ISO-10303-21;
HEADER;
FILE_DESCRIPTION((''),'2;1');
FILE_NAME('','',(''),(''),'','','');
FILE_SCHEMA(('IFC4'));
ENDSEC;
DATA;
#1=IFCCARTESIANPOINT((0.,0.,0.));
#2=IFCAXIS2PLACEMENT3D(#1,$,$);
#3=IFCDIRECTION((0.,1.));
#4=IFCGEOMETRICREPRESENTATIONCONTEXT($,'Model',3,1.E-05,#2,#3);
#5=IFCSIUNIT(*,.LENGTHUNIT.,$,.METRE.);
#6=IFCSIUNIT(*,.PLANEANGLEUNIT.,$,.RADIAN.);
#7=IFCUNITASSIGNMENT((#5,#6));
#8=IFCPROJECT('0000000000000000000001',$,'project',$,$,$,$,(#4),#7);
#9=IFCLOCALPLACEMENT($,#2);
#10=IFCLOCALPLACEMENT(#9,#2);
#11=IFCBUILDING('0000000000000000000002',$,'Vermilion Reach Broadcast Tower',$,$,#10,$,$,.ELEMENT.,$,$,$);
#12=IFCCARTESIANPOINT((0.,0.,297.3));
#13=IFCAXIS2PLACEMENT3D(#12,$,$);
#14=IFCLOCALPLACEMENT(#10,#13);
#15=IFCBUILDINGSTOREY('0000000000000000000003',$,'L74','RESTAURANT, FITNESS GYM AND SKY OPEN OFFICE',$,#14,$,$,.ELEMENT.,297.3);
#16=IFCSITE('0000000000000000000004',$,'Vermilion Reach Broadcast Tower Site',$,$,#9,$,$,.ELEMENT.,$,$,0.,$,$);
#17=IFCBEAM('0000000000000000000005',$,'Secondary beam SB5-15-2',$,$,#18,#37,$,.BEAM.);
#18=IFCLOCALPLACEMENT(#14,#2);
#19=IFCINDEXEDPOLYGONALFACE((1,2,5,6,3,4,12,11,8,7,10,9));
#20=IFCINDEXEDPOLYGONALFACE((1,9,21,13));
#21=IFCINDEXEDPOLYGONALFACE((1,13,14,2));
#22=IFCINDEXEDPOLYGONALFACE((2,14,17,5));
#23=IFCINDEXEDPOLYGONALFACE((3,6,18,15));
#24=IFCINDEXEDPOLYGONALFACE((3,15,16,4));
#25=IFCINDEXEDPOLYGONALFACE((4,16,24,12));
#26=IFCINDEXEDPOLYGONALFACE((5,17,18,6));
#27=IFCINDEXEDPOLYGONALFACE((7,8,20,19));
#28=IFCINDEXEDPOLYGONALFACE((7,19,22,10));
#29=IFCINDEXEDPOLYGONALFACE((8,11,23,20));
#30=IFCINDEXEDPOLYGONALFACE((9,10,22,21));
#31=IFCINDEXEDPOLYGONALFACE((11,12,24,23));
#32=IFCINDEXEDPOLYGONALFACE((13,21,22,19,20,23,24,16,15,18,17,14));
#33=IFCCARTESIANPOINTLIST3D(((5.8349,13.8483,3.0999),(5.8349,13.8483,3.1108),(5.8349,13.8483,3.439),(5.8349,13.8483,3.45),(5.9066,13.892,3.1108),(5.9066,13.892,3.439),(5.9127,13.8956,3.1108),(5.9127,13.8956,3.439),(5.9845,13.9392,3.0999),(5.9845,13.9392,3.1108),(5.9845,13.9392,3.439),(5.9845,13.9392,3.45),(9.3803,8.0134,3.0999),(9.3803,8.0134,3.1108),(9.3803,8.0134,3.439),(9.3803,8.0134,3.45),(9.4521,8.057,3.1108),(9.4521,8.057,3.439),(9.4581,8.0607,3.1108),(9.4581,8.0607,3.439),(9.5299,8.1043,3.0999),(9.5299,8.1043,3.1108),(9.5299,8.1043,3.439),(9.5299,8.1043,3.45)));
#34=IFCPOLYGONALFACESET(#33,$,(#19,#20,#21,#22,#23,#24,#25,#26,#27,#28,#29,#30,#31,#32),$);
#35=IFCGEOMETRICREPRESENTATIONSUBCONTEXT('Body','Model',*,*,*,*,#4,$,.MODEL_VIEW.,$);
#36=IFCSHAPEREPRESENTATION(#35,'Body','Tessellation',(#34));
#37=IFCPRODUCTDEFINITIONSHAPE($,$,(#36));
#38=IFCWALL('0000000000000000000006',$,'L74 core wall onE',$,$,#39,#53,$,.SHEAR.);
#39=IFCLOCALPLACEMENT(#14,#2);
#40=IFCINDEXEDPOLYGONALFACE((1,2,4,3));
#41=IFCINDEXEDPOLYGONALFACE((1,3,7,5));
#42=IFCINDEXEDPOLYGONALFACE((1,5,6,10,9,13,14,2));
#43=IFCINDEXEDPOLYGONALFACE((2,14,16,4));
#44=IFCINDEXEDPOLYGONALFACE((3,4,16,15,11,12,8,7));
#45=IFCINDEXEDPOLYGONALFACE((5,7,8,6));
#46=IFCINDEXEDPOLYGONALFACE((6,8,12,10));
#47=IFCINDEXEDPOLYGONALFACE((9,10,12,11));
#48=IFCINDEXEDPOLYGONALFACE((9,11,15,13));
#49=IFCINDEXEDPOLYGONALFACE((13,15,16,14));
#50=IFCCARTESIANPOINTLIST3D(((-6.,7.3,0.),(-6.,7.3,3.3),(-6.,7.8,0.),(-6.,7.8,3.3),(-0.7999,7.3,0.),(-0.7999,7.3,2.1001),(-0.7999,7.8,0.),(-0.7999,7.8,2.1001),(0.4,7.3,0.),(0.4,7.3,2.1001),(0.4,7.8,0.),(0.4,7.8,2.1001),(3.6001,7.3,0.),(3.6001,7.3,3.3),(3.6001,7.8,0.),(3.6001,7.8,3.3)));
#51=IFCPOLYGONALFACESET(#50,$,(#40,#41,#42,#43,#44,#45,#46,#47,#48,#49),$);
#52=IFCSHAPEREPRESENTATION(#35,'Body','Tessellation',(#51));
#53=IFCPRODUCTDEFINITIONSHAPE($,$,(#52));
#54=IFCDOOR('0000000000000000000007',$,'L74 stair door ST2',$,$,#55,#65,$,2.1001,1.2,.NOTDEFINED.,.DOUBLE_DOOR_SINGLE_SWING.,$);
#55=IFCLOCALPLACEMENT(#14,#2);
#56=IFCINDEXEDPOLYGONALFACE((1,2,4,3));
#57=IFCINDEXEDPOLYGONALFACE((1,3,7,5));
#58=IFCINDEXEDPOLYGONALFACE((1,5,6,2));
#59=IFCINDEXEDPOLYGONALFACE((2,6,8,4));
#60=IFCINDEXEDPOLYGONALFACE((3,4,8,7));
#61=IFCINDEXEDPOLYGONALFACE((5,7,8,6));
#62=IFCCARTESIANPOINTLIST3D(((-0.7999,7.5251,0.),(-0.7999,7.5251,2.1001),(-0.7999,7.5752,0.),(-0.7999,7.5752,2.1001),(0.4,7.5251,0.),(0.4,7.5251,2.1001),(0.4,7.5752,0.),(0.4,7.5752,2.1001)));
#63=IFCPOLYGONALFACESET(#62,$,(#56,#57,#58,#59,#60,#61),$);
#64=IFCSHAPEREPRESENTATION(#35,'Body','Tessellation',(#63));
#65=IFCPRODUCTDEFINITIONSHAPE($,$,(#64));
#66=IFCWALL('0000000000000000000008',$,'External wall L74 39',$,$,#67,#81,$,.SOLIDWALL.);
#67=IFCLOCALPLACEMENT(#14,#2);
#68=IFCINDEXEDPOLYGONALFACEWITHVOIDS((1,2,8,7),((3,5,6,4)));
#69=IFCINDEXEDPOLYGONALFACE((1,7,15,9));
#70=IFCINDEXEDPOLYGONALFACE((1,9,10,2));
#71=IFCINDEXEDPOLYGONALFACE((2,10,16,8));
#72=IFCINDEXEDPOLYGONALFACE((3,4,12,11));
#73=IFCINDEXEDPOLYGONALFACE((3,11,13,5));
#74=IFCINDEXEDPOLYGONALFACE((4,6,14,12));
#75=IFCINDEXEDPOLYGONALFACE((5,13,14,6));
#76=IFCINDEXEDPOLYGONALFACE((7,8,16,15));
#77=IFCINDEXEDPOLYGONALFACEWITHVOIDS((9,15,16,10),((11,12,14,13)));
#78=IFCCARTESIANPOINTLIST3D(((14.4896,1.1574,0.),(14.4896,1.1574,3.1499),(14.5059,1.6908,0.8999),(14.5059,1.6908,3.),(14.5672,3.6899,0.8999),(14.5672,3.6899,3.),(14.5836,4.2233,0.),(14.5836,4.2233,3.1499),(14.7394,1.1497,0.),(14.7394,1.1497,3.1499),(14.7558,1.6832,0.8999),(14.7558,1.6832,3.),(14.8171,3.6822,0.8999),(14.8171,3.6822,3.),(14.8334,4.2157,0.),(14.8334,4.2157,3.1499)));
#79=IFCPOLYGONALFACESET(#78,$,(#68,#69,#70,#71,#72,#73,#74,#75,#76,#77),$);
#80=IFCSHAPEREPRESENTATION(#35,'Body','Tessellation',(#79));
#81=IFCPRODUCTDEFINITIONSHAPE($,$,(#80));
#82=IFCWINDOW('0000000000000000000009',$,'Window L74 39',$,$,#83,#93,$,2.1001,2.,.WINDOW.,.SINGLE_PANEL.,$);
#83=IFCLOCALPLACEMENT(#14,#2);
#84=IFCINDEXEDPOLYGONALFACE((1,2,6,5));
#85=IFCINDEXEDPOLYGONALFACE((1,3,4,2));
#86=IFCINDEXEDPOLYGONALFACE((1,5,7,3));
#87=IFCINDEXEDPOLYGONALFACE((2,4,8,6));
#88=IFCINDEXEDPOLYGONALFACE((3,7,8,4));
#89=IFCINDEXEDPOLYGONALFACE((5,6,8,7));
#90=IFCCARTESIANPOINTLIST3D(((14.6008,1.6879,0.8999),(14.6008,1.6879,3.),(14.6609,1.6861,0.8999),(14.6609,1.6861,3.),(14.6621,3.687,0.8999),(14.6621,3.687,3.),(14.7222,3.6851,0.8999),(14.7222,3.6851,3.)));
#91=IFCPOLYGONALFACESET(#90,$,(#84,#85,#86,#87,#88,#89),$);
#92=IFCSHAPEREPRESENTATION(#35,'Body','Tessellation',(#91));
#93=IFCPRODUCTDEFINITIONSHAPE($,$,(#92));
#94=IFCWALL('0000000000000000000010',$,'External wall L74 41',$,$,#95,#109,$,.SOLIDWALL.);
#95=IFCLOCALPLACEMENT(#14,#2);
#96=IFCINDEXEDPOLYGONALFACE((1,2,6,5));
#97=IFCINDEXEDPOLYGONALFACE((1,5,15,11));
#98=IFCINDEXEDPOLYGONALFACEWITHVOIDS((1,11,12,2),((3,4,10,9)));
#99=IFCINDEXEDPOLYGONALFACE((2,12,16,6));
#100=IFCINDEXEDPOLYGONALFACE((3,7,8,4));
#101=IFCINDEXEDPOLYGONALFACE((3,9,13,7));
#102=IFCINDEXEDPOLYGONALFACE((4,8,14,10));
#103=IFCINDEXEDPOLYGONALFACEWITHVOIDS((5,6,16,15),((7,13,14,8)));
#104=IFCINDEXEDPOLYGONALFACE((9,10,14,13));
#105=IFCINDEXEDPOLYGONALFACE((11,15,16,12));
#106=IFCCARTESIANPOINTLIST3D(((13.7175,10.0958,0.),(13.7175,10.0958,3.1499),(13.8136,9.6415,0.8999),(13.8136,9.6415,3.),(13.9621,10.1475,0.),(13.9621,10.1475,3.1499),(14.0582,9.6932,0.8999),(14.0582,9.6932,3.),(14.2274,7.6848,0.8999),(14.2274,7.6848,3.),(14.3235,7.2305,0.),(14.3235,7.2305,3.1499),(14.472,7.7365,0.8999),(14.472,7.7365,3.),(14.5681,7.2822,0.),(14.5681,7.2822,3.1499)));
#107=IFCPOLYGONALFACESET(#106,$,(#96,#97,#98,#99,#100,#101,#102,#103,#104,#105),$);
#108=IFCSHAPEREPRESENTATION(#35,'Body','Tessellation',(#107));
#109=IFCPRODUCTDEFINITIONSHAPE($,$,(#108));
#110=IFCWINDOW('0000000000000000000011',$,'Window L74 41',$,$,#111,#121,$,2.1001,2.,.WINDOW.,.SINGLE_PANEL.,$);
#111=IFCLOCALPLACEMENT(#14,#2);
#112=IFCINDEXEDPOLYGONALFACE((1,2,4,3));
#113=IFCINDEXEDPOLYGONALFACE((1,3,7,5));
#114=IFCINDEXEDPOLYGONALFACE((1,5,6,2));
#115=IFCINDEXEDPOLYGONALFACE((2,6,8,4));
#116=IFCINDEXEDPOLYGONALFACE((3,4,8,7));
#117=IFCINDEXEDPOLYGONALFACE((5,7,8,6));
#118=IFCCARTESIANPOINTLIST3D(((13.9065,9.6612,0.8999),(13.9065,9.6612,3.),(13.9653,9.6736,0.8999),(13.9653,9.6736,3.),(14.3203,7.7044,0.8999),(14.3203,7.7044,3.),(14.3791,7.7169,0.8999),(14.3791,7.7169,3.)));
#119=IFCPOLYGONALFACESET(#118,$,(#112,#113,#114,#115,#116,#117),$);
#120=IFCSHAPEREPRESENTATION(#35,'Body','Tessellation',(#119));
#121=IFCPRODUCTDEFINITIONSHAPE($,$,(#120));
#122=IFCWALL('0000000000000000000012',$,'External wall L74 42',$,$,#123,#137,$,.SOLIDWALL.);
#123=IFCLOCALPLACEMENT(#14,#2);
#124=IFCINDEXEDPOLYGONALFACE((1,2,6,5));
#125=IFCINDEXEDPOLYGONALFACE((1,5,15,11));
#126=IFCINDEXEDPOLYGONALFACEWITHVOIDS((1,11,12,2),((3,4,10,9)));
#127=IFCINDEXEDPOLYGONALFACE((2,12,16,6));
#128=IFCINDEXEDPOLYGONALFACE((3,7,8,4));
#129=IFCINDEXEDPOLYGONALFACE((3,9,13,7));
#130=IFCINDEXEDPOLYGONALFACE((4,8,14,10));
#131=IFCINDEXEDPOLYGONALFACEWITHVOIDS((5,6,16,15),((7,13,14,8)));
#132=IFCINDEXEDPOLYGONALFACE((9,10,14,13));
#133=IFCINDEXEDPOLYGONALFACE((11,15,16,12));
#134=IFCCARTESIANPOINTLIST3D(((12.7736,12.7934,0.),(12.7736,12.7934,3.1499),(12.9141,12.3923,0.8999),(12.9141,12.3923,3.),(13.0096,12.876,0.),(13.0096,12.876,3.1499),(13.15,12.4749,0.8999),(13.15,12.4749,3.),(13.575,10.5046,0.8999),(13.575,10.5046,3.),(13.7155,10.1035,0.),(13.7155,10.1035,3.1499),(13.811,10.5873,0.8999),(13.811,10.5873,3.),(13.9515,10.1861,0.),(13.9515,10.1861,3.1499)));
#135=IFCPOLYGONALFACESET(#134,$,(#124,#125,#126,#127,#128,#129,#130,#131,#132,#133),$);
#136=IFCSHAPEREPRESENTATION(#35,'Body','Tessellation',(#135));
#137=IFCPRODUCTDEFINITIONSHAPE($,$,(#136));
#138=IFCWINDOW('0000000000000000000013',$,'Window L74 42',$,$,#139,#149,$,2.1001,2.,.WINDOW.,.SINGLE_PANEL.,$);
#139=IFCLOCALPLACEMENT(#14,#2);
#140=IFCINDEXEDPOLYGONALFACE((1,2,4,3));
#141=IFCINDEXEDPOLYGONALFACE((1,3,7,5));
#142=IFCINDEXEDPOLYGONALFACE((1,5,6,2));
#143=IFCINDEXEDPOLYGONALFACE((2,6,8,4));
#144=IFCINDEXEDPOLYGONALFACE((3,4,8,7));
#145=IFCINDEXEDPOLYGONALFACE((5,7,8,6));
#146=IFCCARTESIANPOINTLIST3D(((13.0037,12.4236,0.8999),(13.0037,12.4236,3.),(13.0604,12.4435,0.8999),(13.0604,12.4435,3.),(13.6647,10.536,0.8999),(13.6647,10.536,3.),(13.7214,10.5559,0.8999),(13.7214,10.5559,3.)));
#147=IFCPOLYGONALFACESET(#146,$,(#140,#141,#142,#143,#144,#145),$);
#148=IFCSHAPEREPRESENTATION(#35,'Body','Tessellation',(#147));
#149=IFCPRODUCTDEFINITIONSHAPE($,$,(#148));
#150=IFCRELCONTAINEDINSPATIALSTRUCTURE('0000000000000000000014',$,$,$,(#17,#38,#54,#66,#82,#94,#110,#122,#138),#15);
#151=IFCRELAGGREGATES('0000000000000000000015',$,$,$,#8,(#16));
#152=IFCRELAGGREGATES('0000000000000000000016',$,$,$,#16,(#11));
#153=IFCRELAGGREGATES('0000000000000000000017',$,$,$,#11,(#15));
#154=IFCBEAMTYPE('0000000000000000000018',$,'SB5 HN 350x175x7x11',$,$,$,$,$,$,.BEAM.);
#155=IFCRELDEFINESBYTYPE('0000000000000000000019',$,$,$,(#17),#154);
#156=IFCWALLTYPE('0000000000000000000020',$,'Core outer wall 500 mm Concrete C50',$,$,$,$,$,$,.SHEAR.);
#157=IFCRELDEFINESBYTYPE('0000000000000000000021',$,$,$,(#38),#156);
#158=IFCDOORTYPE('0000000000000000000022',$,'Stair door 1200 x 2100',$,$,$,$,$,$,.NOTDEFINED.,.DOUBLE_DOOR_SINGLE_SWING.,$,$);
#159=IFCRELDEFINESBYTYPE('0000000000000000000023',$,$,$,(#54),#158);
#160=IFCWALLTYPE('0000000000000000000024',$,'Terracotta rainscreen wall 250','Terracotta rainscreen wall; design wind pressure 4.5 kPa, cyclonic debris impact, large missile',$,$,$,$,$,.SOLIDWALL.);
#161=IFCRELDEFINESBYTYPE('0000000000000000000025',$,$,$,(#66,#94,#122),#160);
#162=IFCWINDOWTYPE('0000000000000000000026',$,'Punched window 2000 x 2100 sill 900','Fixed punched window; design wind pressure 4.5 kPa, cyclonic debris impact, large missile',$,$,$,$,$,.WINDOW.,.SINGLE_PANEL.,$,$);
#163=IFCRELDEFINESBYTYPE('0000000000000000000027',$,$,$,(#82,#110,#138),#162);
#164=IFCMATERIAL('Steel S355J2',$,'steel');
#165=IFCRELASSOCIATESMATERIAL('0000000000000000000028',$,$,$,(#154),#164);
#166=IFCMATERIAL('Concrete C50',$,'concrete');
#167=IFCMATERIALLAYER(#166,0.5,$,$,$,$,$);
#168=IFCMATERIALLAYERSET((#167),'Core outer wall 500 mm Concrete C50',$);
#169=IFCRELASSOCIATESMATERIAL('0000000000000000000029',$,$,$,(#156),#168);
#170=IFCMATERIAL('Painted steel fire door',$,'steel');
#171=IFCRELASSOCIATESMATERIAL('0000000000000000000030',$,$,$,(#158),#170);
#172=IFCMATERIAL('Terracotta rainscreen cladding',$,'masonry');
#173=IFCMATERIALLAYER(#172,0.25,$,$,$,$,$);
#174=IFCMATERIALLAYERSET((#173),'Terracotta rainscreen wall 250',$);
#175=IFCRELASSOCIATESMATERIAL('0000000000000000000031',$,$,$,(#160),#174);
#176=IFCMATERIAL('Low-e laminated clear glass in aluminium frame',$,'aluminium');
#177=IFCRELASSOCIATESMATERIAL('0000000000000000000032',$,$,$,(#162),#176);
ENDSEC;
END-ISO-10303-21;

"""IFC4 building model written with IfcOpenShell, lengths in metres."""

from ifc_helpers import new_model, si_unit, direction, frame, frame_2d, origin, origin_2d, place, context, subcontext, project, spatial, rectangle, i_section, extrude, material, layer, layer_set, material_profile, profile_set, type_object, element, fill, save


model = new_model("IFC4")

# Units and contexts
model_context = context("Model", 3, precision=1e-05, world=origin(), true_north=direction((0.0, 1.0)))
body_context = subcontext(model_context, "Body", "Model", "MODEL_VIEW")
ifc_project = project(units=[si_unit("LENGTHUNIT", "METRE"), si_unit("PLANEANGLEUNIT", "RADIAN")], contexts=[model_context])

# Site, building, storey
site_placement = place(None, origin())
site = spatial("IfcSite", under=ifc_project, at=site_placement, Name="Vermilion Reach Broadcast Tower Site", CompositionType="ELEMENT", RefElevation=0.0)
building_placement = place(site_placement, origin())
building = spatial("IfcBuilding", under=site, at=building_placement, Name="Vermilion Reach Broadcast Tower", CompositionType="ELEMENT")
storey_placement = place(building_placement, frame((0.0, 0.0, 297.3)))
storey = spatial("IfcBuildingStorey", under=building, at=storey_placement, Name="L74", Description="RESTAURANT, FITNESS GYM AND SKY OPEN OFFICE", CompositionType="ELEMENT", Elevation=297.3)

# Beam
ifc_material_1 = material(Name="Steel S355J2", Category="steel")
ifc_material_profile_1 = material_profile(ifc_material_1, i_section(OverallWidth=0.175, OverallDepth=0.3501, WebThickness=0.0071, FlangeThickness=0.011, at=origin_2d()), Name="S355J2 HN 350x175x7x11")
ifc_profile_set_1 = profile_set([ifc_material_profile_1], Name="Steel S355J2")
beam_type_1 = type_object("IfcBeamType", Name="SB5 HN 350x175x7x11", PredefinedType="BEAM", material=ifc_profile_set_1)
beam_1_placement = place(storey_placement, frame((9.4551, 8.0588, 3.2749), z_axis=(-0.519273, 0.854608, 0.0), x_axis=(-0.854608, -0.519273, 0.0)))
element("IfcBeam", 1, at=beam_1_placement, inside=storey, type_object=beam_type_1, Name="Secondary beam SB5-15-2", PredefinedType="BEAM", context=body_context, shape_type="SweptSolid", body=[
    extrude(i_section(OverallWidth=0.175, OverallDepth=0.3501, WebThickness=0.0071, FlangeThickness=0.011, at=origin_2d()), origin(), (0.0, 0.0, 1.0), 6.8276),
])

# Wall, opening, door
ifc_material_2 = material(Name="Concrete C50", Category="concrete")
ifc_layer_1 = layer(ifc_material_2, 0.5)
ifc_layer_set_1 = layer_set([ifc_layer_1], Name="Core outer wall 500 mm Concrete C50")
wall_type_1 = type_object("IfcWallType", Name="Core outer wall 500 mm Concrete C50", PredefinedType="SHEAR", material=ifc_layer_set_1)
wall_1_placement = place(storey_placement, frame((3.6001, 7.55, 0.0), z_axis=(0.0, 0.0, 1.0), x_axis=(-1.0, 0.0, 0.0)))
wall_1 = element("IfcWall", 2, at=wall_1_placement, inside=storey, type_object=wall_type_1, Name="L74 core wall onE", PredefinedType="SHEAR", context=body_context, shape_type="SweptSolid", body=[
    extrude(rectangle(XDim=9.6001, YDim=0.5, at=frame_2d((4.8, 0.0))), origin(), (0.0, 0.0, 1.0), 3.3),
])
opening_1_placement = place(wall_1_placement, frame((3.2, 0.0, 0.0)))
opening_1 = element("IfcOpeningElement", 3, at=opening_1_placement, cuts=wall_1, PredefinedType="OPENING", context=body_context, shape_type="SweptSolid", body=[
    extrude(rectangle(XDim=1.2, YDim=2.1001, at=frame_2d((0.6001, 1.05))), frame((0.0, 0.26, 0.0), z_axis=(0.0, -1.0, 0.0), x_axis=(1.0, 0.0, 0.0)), (0.0, 0.0, 1.0), 0.52),
])
ifc_material_3 = material(Name="Painted steel fire door", Category="steel")
door_type_1 = type_object("IfcDoorType", Name="Stair door 1200 x 2100", OperationType="DOUBLE_DOOR_SINGLE_SWING", PredefinedType="NOTDEFINED", material=ifc_material_3)
door_1_placement = place(opening_1_placement, origin())
door_1 = element("IfcDoor", 4, at=door_1_placement, inside=storey, type_object=door_type_1, Name="L74 stair door ST2", OperationType="DOUBLE_DOOR_SINGLE_SWING", OverallHeight=2.1001, OverallWidth=1.2, PredefinedType="NOTDEFINED", context=body_context, shape_type="SweptSolid", body=[
    extrude(rectangle(XDim=1.2, YDim=2.1001, at=frame_2d((0.6001, 1.05))), frame((0.0, 0.0249, 0.0), z_axis=(0.0, -1.0, 0.0), x_axis=(1.0, 0.0, 0.0)), (0.0, 0.0, 1.0), 0.05),
])
fill(opening_1, door_1)

# Wall, opening, window
ifc_material_4 = material(Name="Terracotta rainscreen cladding", Category="masonry")
ifc_layer_2 = layer(ifc_material_4, 0.25)
ifc_layer_set_2 = layer_set([ifc_layer_2], Name="Terracotta rainscreen wall 250")
wall_type_2 = type_object("IfcWallType", Name="Terracotta rainscreen wall 250", Description="Terracotta rainscreen wall; design wind pressure 4.5 kPa, cyclonic debris impact, large missile", PredefinedType="SOLIDWALL", material=ifc_layer_set_2)
wall_2_placement = place(storey_placement, frame((14.6145, 1.1536, 0.0), z_axis=(0.0, 0.0, 1.0), x_axis=(0.030643, 0.99953, 0.0)))
wall_2 = element("IfcWall", 5, at=wall_2_placement, inside=storey, type_object=wall_type_2, Name="External wall L74 39", PredefinedType="SOLIDWALL", context=body_context, shape_type="SweptSolid", body=[
    extrude(rectangle(XDim=3.0674, YDim=0.25, at=frame_2d((1.5337, 0.0))), origin(), (0.0, 0.0, 1.0), 3.1499),
])
opening_2_placement = place(wall_2_placement, frame((0.5337, 0.0, 0.8999)))
opening_2 = element("IfcOpeningElement", 6, at=opening_2_placement, cuts=wall_2, PredefinedType="OPENING", context=body_context, shape_type="SweptSolid", body=[
    extrude(rectangle(XDim=2.0, YDim=2.1001, at=frame_2d((1.0, 1.05))), frame((0.0, 0.135, 0.0), z_axis=(0.0, -1.0, 0.0), x_axis=(1.0, 0.0, 0.0)), (0.0, 0.0, 1.0), 0.27),
])
ifc_material_5 = material(Name="Low-e laminated clear glass in aluminium frame", Category="aluminium")
window_type = type_object("IfcWindowType", Name="Punched window 2000 x 2100 sill 900", Description="Fixed punched window; design wind pressure 4.5 kPa, cyclonic debris impact, large missile", PartitioningType="SINGLE_PANEL", PredefinedType="WINDOW", material=ifc_material_5)
window_1_placement = place(opening_2_placement, origin())
window_1 = element("IfcWindow", 7, at=window_1_placement, inside=storey, type_object=window_type, Name="Window L74 39", OverallHeight=2.1001, OverallWidth=2.0, PartitioningType="SINGLE_PANEL", PredefinedType="WINDOW", context=body_context, shape_type="SweptSolid", body=[
    extrude(rectangle(XDim=2.0, YDim=2.1001, at=frame_2d((1.0, 1.05))), frame((0.0, 0.03, 0.0), z_axis=(0.0, -1.0, 0.0), x_axis=(1.0, 0.0, 0.0)), (0.0, 0.0, 1.0), 0.0601),
])
fill(opening_2, window_1)

# Walls, openings, windows
wall_3_placement = place(storey_placement, frame((14.4458, 7.2563, 0.0), z_axis=(0.0, 0.0, 1.0), x_axis=(-0.206909, 0.97836, 0.0)))
wall_3 = element("IfcWall", 8, at=wall_3_placement, inside=storey, type_object=wall_type_2, Name="External wall L74 41", PredefinedType="SOLIDWALL", context=body_context, shape_type="SweptSolid", body=[
    extrude(rectangle(XDim=2.9287, YDim=0.25, at=frame_2d((1.4644, 0.0))), origin(), (0.0, 0.0, 1.0), 3.1499),
])
opening_3_placement = place(wall_3_placement, frame((0.4644, 0.0, 0.8999)))
opening_3 = element("IfcOpeningElement", 9, at=opening_3_placement, cuts=wall_3, PredefinedType="OPENING", context=body_context, shape_type="SweptSolid", body=[
    extrude(rectangle(XDim=2.0, YDim=2.1001, at=frame_2d((1.0, 1.05))), frame((0.0, 0.135, 0.0), z_axis=(0.0, -1.0, 0.0), x_axis=(1.0, 0.0, 0.0)), (0.0, 0.0, 1.0), 0.27),
])
window_2_placement = place(opening_3_placement, origin())
window_2 = element("IfcWindow", 10, at=window_2_placement, inside=storey, type_object=window_type, Name="Window L74 41", OverallHeight=2.1001, OverallWidth=2.0, PartitioningType="SINGLE_PANEL", PredefinedType="WINDOW", context=body_context, shape_type="SweptSolid", body=[
    extrude(rectangle(XDim=2.0, YDim=2.1001, at=frame_2d((1.0, 1.05))), frame((0.0, 0.03, 0.0), z_axis=(0.0, -1.0, 0.0), x_axis=(1.0, 0.0, 0.0)), (0.0, 0.0, 1.0), 0.0601),
])
fill(opening_3, window_2)
wall_4_placement = place(storey_placement, frame((13.8335, 10.1448, 0.0), z_axis=(0.0, 0.0, 1.0), x_axis=(-0.33048, 0.943813, 0.0)))
wall_4 = element("IfcWall", 11, at=wall_4_placement, inside=storey, type_object=wall_type_2, Name="External wall L74 42", PredefinedType="SOLIDWALL", context=body_context, shape_type="SweptSolid", body=[
    extrude(rectangle(XDim=2.8501, YDim=0.25, at=frame_2d((1.425, 0.0))), origin(), (0.0, 0.0, 1.0), 3.1499),
])
opening_4_placement = place(wall_4_placement, frame((0.425, 0.0, 0.8999)))
opening_4 = element("IfcOpeningElement", 12, at=opening_4_placement, cuts=wall_4, PredefinedType="OPENING", context=body_context, shape_type="SweptSolid", body=[
    extrude(rectangle(XDim=2.0, YDim=2.1001, at=frame_2d((1.0, 1.05))), frame((0.0, 0.135, 0.0), z_axis=(0.0, -1.0, 0.0), x_axis=(1.0, 0.0, 0.0)), (0.0, 0.0, 1.0), 0.27),
])
window_3_placement = place(opening_4_placement, origin())
window_3 = element("IfcWindow", 13, at=window_3_placement, inside=storey, type_object=window_type, Name="Window L74 42", OverallHeight=2.1001, OverallWidth=2.0, PartitioningType="SINGLE_PANEL", PredefinedType="WINDOW", context=body_context, shape_type="SweptSolid", body=[
    extrude(rectangle(XDim=2.0, YDim=2.1001, at=frame_2d((1.0, 1.05))), frame((0.0, 0.03, 0.0), z_axis=(0.0, -1.0, 0.0), x_axis=(1.0, 0.0, 0.0)), (0.0, 0.0, 1.0), 0.0601),
])
fill(opening_4, window_3)

save(model, "model.ifc")
